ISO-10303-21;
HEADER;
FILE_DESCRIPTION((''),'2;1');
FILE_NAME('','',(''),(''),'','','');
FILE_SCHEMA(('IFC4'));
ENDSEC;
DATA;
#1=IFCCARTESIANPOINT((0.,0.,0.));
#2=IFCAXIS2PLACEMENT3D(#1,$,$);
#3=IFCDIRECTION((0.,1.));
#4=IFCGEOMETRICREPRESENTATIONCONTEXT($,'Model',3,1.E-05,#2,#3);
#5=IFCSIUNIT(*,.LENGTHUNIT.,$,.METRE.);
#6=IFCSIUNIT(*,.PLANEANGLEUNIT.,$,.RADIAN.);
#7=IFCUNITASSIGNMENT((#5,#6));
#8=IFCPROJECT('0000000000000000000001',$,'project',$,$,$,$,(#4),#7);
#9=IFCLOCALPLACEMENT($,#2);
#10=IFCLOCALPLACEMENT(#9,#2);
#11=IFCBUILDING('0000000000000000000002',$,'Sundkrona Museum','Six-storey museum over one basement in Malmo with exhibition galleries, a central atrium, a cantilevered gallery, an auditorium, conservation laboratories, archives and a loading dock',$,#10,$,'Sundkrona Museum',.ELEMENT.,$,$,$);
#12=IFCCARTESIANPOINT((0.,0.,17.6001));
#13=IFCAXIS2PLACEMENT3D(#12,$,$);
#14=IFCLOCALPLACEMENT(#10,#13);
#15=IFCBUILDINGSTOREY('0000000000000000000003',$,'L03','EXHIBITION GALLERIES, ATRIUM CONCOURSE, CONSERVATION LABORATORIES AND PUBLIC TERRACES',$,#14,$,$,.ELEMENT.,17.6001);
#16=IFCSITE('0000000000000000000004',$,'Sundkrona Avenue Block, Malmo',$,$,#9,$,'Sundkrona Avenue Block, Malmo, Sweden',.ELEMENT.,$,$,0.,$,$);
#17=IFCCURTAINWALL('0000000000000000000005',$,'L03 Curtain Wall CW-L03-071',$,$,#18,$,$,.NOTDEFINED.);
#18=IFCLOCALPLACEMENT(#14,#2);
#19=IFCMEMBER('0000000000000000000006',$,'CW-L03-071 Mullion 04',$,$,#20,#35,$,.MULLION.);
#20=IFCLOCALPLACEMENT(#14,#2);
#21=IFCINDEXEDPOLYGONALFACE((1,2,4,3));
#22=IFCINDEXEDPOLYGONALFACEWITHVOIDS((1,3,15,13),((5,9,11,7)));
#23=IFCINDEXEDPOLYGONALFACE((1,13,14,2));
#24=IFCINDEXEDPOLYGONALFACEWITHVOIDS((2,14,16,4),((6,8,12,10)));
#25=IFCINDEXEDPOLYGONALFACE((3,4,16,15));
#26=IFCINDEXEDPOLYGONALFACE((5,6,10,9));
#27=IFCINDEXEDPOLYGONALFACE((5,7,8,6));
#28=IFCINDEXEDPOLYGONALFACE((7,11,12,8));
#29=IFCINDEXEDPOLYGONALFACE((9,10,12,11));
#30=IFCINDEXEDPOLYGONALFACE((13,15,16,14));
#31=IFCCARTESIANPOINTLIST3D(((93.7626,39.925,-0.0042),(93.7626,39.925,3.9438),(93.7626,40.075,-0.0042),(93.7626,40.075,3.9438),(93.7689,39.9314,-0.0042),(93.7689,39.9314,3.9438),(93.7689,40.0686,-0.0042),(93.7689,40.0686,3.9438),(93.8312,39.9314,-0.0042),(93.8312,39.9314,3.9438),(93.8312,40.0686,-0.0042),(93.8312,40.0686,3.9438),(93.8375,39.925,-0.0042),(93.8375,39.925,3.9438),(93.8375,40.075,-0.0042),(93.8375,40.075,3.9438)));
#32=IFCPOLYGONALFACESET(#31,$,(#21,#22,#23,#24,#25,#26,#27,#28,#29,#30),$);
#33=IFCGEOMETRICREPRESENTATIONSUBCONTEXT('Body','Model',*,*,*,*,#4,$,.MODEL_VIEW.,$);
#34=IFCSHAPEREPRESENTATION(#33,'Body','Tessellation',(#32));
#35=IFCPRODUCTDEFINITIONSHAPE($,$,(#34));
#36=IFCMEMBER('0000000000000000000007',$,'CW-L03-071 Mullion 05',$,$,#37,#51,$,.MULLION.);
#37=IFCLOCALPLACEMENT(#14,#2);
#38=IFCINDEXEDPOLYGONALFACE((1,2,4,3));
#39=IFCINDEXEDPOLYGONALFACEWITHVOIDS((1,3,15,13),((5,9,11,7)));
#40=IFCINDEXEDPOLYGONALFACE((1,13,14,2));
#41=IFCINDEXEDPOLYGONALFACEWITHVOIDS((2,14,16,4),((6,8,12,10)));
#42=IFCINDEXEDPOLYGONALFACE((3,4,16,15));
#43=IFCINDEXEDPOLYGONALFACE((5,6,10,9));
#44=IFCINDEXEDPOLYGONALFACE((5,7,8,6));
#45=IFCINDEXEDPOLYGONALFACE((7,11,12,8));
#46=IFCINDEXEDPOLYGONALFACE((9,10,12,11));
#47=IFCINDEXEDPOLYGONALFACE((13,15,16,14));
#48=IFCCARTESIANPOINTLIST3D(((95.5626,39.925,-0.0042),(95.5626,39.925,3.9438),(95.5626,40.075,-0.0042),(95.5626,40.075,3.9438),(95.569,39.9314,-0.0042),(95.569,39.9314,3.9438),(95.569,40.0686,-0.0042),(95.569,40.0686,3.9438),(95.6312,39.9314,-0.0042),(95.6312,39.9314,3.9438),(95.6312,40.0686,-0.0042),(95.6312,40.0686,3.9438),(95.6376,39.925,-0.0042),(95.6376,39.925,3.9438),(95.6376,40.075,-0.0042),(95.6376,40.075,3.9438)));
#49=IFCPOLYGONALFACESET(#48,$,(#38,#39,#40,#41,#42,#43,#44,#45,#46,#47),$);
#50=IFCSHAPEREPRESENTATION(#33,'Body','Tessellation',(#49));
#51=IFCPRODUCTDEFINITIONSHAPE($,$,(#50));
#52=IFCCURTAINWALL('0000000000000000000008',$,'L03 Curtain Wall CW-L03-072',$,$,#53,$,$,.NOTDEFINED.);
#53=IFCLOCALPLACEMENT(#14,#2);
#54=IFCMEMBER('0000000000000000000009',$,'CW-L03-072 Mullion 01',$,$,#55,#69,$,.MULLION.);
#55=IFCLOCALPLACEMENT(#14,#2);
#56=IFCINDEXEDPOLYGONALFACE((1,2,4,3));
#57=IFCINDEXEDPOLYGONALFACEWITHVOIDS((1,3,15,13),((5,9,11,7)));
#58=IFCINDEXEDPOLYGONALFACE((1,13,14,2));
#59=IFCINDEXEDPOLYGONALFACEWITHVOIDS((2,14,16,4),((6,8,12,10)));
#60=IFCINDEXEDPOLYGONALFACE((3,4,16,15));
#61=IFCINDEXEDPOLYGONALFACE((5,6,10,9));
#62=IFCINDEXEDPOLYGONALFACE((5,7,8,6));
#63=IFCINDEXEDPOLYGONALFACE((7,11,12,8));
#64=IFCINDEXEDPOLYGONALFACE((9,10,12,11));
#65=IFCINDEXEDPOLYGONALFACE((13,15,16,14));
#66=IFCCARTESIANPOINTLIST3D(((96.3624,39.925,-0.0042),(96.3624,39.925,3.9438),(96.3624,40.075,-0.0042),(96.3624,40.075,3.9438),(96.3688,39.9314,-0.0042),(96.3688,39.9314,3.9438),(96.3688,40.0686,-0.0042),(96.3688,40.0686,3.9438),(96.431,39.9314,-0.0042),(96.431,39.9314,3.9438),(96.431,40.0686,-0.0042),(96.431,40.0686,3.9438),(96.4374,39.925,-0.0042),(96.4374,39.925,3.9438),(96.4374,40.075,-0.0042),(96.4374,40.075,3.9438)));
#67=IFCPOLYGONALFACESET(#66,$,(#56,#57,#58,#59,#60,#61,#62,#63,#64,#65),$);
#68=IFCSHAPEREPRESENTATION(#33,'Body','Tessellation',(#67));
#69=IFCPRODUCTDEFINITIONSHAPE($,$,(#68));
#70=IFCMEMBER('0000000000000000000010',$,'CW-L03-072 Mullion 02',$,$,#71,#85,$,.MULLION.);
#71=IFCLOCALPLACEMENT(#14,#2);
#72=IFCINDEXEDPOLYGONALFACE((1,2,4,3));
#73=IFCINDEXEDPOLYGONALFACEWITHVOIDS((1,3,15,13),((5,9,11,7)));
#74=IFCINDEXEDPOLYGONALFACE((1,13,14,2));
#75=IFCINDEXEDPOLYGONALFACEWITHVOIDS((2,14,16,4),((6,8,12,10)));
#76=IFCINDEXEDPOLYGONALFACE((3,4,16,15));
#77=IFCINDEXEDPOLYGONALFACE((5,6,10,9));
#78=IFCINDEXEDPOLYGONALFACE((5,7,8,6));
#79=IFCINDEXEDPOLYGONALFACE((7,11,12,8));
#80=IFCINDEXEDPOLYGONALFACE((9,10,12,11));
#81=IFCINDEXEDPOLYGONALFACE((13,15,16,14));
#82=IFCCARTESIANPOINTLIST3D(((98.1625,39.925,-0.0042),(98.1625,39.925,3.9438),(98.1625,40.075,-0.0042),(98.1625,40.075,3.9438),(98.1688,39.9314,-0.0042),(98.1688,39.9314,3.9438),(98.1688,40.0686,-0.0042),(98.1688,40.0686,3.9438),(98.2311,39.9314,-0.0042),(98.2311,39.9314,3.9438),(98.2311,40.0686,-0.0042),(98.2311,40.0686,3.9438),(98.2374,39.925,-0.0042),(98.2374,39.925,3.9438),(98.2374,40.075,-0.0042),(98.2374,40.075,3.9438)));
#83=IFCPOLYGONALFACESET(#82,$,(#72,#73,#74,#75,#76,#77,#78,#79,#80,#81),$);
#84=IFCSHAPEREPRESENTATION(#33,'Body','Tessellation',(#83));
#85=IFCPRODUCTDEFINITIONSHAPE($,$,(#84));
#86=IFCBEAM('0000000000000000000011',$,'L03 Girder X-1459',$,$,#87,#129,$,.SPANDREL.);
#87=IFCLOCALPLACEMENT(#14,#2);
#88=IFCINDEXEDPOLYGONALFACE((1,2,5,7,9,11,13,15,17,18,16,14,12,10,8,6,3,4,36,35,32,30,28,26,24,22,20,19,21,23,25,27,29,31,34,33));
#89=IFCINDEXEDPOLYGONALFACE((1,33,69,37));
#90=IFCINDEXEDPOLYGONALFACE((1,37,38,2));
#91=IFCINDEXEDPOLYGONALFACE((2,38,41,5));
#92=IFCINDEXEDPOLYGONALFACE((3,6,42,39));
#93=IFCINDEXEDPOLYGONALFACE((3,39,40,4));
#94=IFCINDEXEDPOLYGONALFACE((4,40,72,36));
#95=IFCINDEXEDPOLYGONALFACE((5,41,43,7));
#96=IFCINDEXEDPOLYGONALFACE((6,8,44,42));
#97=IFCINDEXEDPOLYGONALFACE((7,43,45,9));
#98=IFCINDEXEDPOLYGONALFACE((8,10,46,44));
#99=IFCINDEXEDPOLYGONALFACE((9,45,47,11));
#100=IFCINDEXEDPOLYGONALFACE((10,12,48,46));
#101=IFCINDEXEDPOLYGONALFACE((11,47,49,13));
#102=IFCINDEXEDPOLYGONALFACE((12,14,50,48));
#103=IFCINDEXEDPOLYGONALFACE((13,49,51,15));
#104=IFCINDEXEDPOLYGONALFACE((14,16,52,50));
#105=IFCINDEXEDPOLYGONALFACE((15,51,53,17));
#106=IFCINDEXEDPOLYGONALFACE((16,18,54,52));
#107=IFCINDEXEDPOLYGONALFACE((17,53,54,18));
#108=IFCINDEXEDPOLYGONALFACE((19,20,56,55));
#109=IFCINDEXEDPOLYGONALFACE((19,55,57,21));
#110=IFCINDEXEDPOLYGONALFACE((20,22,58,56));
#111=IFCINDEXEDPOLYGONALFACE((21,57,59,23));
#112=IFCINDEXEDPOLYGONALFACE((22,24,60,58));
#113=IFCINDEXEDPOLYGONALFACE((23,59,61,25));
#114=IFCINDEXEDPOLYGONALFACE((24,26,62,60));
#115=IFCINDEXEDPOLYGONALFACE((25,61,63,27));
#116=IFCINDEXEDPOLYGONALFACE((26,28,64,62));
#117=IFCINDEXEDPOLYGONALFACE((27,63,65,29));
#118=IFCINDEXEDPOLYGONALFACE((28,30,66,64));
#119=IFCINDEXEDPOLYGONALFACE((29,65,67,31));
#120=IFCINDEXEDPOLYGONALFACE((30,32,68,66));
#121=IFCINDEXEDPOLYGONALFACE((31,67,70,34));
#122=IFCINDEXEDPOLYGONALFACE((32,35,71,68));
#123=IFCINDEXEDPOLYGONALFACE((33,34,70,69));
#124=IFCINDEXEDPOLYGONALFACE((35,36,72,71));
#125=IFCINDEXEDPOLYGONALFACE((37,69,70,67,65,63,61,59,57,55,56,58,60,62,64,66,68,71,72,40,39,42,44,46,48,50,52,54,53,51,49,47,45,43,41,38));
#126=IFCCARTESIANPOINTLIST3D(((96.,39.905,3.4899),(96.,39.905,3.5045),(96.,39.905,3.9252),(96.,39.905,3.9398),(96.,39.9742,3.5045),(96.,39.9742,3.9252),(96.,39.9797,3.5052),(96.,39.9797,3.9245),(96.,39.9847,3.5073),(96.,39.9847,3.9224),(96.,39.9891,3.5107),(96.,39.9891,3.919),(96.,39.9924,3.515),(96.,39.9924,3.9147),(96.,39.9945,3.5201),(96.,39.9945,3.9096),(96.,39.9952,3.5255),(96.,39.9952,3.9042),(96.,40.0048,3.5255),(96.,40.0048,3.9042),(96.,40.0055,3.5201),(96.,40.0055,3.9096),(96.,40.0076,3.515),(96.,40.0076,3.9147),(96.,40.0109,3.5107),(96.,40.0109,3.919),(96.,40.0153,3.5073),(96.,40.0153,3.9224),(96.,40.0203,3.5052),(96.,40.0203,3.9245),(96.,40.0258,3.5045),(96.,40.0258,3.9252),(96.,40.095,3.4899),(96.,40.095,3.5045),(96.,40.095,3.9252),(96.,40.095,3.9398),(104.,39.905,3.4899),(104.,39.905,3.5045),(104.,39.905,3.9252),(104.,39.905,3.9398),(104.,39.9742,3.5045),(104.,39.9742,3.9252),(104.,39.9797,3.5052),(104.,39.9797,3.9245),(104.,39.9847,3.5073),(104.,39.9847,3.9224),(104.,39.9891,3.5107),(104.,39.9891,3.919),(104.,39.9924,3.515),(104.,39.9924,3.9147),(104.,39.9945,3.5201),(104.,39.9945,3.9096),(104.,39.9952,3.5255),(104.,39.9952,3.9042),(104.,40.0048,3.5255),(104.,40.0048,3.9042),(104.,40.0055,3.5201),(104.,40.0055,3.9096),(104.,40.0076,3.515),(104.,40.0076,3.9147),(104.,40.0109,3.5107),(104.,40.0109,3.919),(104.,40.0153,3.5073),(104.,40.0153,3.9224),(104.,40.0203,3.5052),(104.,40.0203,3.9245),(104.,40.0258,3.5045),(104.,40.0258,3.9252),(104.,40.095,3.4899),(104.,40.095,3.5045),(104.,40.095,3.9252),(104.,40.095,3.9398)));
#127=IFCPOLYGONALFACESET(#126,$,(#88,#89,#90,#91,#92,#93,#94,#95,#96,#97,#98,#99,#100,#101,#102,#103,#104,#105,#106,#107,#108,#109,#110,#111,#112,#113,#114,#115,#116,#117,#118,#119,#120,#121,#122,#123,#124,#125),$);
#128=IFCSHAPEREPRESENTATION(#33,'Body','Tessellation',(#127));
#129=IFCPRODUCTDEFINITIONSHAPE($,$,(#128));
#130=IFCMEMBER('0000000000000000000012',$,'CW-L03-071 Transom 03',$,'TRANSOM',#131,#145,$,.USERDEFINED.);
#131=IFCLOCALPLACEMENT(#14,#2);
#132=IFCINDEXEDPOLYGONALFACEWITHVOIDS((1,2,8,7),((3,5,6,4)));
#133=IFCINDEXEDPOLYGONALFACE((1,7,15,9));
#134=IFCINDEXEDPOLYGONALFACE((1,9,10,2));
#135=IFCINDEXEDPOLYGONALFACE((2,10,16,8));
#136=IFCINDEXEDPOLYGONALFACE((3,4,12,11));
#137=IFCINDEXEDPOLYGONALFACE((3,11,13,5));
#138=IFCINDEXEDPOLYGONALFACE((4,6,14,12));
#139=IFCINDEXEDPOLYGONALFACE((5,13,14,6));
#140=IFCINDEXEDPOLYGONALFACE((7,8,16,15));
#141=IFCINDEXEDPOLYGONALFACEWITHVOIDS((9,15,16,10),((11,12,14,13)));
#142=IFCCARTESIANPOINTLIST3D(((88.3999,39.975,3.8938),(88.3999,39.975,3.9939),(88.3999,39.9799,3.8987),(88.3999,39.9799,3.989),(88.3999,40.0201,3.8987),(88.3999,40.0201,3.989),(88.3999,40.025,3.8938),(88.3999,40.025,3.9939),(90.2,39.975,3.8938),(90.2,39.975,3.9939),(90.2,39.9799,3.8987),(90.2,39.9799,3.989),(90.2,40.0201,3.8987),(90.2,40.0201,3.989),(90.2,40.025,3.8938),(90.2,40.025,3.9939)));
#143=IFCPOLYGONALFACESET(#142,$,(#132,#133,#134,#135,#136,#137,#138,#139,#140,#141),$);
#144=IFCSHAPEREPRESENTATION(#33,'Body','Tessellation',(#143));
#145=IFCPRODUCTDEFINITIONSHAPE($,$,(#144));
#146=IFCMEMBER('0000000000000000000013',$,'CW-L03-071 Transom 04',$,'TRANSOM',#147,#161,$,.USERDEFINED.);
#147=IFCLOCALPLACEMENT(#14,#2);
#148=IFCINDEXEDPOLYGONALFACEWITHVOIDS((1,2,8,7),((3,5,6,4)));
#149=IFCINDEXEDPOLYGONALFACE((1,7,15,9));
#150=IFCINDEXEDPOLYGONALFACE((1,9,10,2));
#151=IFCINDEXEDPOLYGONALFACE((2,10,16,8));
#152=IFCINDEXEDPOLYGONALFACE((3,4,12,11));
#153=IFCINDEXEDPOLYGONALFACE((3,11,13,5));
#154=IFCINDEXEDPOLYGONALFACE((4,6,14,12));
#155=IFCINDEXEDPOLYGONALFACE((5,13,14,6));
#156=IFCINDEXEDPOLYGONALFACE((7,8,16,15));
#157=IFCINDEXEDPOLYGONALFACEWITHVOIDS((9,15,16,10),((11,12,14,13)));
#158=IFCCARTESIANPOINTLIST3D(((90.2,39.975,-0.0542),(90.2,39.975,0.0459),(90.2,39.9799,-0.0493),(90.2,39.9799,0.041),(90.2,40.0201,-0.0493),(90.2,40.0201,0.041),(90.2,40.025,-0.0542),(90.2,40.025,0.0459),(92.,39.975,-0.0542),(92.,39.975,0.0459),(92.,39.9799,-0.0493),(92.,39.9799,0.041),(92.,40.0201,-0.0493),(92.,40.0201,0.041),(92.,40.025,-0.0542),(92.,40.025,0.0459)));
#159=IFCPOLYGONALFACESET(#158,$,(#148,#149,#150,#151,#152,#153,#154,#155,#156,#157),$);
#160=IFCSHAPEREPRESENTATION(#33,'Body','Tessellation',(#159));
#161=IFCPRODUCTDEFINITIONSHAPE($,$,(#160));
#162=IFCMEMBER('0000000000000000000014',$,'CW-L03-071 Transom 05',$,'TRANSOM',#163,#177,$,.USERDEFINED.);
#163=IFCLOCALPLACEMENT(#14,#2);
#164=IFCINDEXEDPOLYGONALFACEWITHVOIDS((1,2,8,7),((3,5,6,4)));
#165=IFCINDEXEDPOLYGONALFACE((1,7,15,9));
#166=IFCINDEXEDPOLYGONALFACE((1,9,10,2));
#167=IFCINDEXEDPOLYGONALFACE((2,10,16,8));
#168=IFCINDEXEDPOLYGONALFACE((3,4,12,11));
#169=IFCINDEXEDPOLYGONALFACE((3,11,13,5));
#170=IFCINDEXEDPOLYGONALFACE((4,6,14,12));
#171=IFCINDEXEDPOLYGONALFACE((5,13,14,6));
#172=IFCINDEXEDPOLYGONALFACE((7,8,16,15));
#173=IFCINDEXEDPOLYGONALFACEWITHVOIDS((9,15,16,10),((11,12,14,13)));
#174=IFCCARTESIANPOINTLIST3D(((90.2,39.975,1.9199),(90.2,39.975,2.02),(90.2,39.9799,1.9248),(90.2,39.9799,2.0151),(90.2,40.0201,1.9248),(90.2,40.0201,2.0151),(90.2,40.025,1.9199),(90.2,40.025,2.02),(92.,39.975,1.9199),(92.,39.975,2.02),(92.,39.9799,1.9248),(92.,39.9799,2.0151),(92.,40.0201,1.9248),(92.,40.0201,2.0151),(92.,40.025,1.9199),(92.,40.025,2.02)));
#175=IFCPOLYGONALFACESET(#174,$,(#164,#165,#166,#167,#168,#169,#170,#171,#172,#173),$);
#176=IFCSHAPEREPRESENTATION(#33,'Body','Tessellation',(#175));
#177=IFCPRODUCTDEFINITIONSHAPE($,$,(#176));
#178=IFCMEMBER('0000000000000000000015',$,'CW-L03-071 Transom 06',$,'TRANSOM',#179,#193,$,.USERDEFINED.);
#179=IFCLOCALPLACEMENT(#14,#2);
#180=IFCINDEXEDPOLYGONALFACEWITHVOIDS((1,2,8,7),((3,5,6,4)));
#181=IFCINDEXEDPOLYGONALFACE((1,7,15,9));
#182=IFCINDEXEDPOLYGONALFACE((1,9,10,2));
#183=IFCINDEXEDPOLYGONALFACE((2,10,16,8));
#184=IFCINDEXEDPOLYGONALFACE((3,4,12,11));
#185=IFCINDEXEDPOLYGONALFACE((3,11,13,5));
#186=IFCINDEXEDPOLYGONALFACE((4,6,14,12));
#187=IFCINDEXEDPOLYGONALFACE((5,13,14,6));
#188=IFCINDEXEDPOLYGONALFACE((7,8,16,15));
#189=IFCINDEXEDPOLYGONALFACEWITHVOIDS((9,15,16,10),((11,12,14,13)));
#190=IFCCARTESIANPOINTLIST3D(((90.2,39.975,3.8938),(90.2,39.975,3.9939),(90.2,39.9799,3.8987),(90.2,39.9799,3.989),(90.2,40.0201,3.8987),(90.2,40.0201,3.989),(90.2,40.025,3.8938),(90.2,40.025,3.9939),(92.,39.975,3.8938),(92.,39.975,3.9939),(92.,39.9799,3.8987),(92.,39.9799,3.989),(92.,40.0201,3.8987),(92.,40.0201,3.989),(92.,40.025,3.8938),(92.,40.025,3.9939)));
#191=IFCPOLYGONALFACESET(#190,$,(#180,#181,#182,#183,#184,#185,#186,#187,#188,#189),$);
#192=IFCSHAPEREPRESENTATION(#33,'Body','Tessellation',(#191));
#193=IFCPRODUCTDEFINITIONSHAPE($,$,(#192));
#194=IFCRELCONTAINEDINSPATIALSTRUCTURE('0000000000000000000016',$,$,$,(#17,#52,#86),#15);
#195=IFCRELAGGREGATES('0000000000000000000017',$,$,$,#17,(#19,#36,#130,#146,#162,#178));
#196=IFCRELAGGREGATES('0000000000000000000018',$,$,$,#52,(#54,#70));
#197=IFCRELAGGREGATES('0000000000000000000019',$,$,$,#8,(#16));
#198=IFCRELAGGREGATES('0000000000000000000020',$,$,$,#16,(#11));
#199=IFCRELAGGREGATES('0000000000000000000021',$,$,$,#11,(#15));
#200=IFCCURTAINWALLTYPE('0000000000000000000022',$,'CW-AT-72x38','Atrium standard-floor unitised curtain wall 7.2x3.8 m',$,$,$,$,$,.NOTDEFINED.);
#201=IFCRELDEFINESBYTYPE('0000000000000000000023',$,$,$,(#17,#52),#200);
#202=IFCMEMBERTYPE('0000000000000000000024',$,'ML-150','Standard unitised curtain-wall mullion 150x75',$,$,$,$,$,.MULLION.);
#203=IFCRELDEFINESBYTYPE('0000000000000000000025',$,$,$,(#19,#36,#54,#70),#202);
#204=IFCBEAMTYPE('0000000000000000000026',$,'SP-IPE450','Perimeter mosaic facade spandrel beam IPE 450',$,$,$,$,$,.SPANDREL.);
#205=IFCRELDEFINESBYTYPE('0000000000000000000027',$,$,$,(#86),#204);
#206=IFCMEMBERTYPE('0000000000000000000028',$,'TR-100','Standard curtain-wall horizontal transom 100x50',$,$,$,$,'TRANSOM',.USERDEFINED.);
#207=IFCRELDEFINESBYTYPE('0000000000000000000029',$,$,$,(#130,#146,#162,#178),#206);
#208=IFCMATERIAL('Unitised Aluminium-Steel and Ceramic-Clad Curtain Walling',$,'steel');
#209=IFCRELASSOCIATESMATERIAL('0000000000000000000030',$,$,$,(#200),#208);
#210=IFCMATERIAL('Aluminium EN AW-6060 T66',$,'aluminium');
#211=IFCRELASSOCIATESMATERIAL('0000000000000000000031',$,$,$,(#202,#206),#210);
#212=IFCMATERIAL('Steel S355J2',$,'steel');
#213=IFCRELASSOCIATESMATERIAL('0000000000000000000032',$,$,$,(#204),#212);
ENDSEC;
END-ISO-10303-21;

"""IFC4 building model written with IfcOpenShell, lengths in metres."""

from ifc_helpers import new_model, si_unit, direction, frame, origin, origin_2d, place, context, subcontext, project, spatial, hollow_rectangle, i_section, extrude, material, material_profile, profile_set, type_object, element, aggregate, save


model = new_model("IFC4")

# Units and contexts
model_context = context("Model", 3, precision=1e-05, world=origin(), true_north=direction((0.0, 1.0)))
body_context = subcontext(model_context, "Body", "Model", "MODEL_VIEW")
ifc_project = project(units=[si_unit("LENGTHUNIT", "METRE"), si_unit("PLANEANGLEUNIT", "RADIAN")], contexts=[model_context])

# Site, building, storey
site_placement = place(None, origin())
site = spatial("IfcSite", under=ifc_project, at=site_placement, Name="Sundkrona Avenue Block, Malmo", LongName="Sundkrona Avenue Block, Malmo, Sweden", CompositionType="ELEMENT", RefElevation=0.0)
building_placement = place(site_placement, origin())
building = spatial("IfcBuilding", under=site, at=building_placement, Name="Sundkrona Museum", Description="Six-storey museum over one basement in Malmo with exhibition galleries, a central atrium, a cantilevered gallery, an auditorium, conservation laboratories, archives and a loading dock", LongName="Sundkrona Museum", CompositionType="ELEMENT")
storey_placement = place(building_placement, frame((0.0, 0.0, 17.6001)))
storey = spatial("IfcBuildingStorey", under=building, at=storey_placement, Name="L03", Description="EXHIBITION GALLERIES, ATRIUM CONCOURSE, CONSERVATION LABORATORIES AND PUBLIC TERRACES", CompositionType="ELEMENT", Elevation=17.6001)

# Shared definitions
ifc_material_1 = material(Name="Steel S355J2", Category="steel")

# Curtain walls, members
ifc_material_2 = material(Name="Unitised Aluminium-Steel and Ceramic-Clad Curtain Walling", Category="steel")
curtain_wall_type = type_object("IfcCurtainWallType", Name="CW-AT-72x38", Description="Atrium standard-floor unitised curtain wall 7.2x3.8 m", PredefinedType="NOTDEFINED", material=ifc_material_2)
curtain_wall_1_placement = place(storey_placement, origin())
curtain_wall_1 = element("IfcCurtainWall", 1, at=curtain_wall_1_placement, inside=storey, type_object=curtain_wall_type, Name="L03 Curtain Wall CW-L03-071", PredefinedType="NOTDEFINED")
ifc_material_3 = material(Name="Aluminium EN AW-6060 T66", Category="aluminium")
ifc_material_profile_1 = material_profile(ifc_material_3, hollow_rectangle(XDim=0.075, YDim=0.1499, WallThickness=0.0063, at=origin_2d()), Name="RHS 150x75x6.3")
ifc_profile_set_1 = profile_set([ifc_material_profile_1], Name="Aluminium EN AW-6060 T66")
member_type_1 = type_object("IfcMemberType", Name="ML-150", Description="Standard unitised curtain-wall mullion 150x75", PredefinedType="MULLION", material=ifc_profile_set_1)
member_1_placement = place(storey_placement, frame((93.8, 40.0, -0.0042), z_axis=(0.0, 0.0, 1.0), x_axis=(1.0, 0.0, 0.0)))
member_1 = element("IfcMember", 2, at=member_1_placement, type_object=member_type_1, Name="CW-L03-071 Mullion 04", PredefinedType="MULLION", context=body_context, shape_type="SweptSolid", body=[
    extrude(hollow_rectangle(XDim=0.075, YDim=0.1499, WallThickness=0.0063, at=origin_2d()), origin(), (0.0, 0.0, 1.0), 3.948),
])
member_2_placement = place(storey_placement, frame((95.6001, 40.0, -0.0042), z_axis=(0.0, 0.0, 1.0), x_axis=(1.0, 0.0, 0.0)))
member_2 = element("IfcMember", 3, at=member_2_placement, type_object=member_type_1, Name="CW-L03-071 Mullion 05", PredefinedType="MULLION", context=body_context, shape_type="SweptSolid", body=[
    extrude(hollow_rectangle(XDim=0.075, YDim=0.1499, WallThickness=0.0063, at=origin_2d()), origin(), (0.0, 0.0, 1.0), 3.948),
])
curtain_wall_2_placement = place(storey_placement, origin())
curtain_wall_2 = element("IfcCurtainWall", 4, at=curtain_wall_2_placement, inside=storey, type_object=curtain_wall_type, Name="L03 Curtain Wall CW-L03-072", PredefinedType="NOTDEFINED")
member_3_placement = place(storey_placement, frame((96.3999, 40.0, -0.0042), z_axis=(0.0, 0.0, 1.0), x_axis=(1.0, 0.0, 0.0)))
member_3 = element("IfcMember", 5, at=member_3_placement, type_object=member_type_1, Name="CW-L03-072 Mullion 01", PredefinedType="MULLION", context=body_context, shape_type="SweptSolid", body=[
    extrude(hollow_rectangle(XDim=0.075, YDim=0.1499, WallThickness=0.0063, at=origin_2d()), origin(), (0.0, 0.0, 1.0), 3.948),
])
member_4_placement = place(storey_placement, frame((98.2, 40.0, -0.0042), z_axis=(0.0, 0.0, 1.0), x_axis=(1.0, 0.0, 0.0)))
member_4 = element("IfcMember", 6, at=member_4_placement, type_object=member_type_1, Name="CW-L03-072 Mullion 02", PredefinedType="MULLION", context=body_context, shape_type="SweptSolid", body=[
    extrude(hollow_rectangle(XDim=0.075, YDim=0.1499, WallThickness=0.0063, at=origin_2d()), origin(), (0.0, 0.0, 1.0), 3.948),
])

# Beam
ifc_material_profile_2 = material_profile(ifc_material_1, i_section(OverallWidth=0.1899, OverallDepth=0.45, WebThickness=0.0095, FlangeThickness=0.0146, FilletRadius=0.021, at=origin_2d()), Name="IPE 450")
ifc_profile_set_2 = profile_set([ifc_material_profile_2], Name="Steel S355J2")
beam_type_1 = type_object("IfcBeamType", Name="SP-IPE450", Description="Perimeter mosaic facade spandrel beam IPE 450", PredefinedType="SPANDREL", material=ifc_profile_set_2)
beam_1_placement = place(storey_placement, frame((96.0, 40.0, 3.7148), z_axis=(1.0, 0.0, 0.0), x_axis=(0.0, 1.0, 0.0)))
element("IfcBeam", 7, at=beam_1_placement, inside=storey, type_object=beam_type_1, Name="L03 Girder X-1459", PredefinedType="SPANDREL", context=body_context, shape_type="SweptSolid", body=[
    extrude(i_section(OverallWidth=0.1899, OverallDepth=0.45, WebThickness=0.0095, FlangeThickness=0.0146, FilletRadius=0.021, at=origin_2d()), origin(), (0.0, 0.0, 1.0), 8.0),
])

# Members
ifc_material_profile_3 = material_profile(ifc_material_3, hollow_rectangle(XDim=0.05, YDim=0.1001, WallThickness=0.0049, at=origin_2d()), Name="RHS 100x50x5.0")
ifc_profile_set_3 = profile_set([ifc_material_profile_3], Name="Aluminium EN AW-6060 T66")
member_type_2 = type_object("IfcMemberType", Name="TR-100", Description="Standard curtain-wall horizontal transom 100x50", ElementType="TRANSOM", PredefinedType="USERDEFINED", material=ifc_profile_set_3)
member_5_placement = place(storey_placement, frame((88.3999, 40.0, 3.9438), z_axis=(1.0, 0.0, 0.0), x_axis=(0.0, 1.0, 0.0)))
member_5 = element("IfcMember", 8, at=member_5_placement, type_object=member_type_2, Name="CW-L03-071 Transom 03", ObjectType="TRANSOM", PredefinedType="USERDEFINED", context=body_context, shape_type="SweptSolid", body=[
    extrude(hollow_rectangle(XDim=0.05, YDim=0.1001, WallThickness=0.0049, at=origin_2d()), origin(), (0.0, 0.0, 1.0), 1.8),
])
member_6_placement = place(storey_placement, frame((90.2, 40.0, -0.0042), z_axis=(1.0, 0.0, 0.0), x_axis=(0.0, 1.0, 0.0)))
member_6 = element("IfcMember", 9, at=member_6_placement, type_object=member_type_2, Name="CW-L03-071 Transom 04", ObjectType="TRANSOM", PredefinedType="USERDEFINED", context=body_context, shape_type="SweptSolid", body=[
    extrude(hollow_rectangle(XDim=0.05, YDim=0.1001, WallThickness=0.0049, at=origin_2d()), origin(), (0.0, 0.0, 1.0), 1.8),
])
member_7_placement = place(storey_placement, frame((90.2, 40.0, 1.97), z_axis=(1.0, 0.0, 0.0), x_axis=(0.0, 1.0, 0.0)))
member_7 = element("IfcMember", 10, at=member_7_placement, type_object=member_type_2, Name="CW-L03-071 Transom 05", ObjectType="TRANSOM", PredefinedType="USERDEFINED", context=body_context, shape_type="SweptSolid", body=[
    extrude(hollow_rectangle(XDim=0.05, YDim=0.1001, WallThickness=0.0049, at=origin_2d()), origin(), (0.0, 0.0, 1.0), 1.8),
])
member_8_placement = place(storey_placement, frame((90.2, 40.0, 3.9438), z_axis=(1.0, 0.0, 0.0), x_axis=(0.0, 1.0, 0.0)))
member_8 = element("IfcMember", 11, at=member_8_placement, type_object=member_type_2, Name="CW-L03-071 Transom 06", ObjectType="TRANSOM", PredefinedType="USERDEFINED", context=body_context, shape_type="SweptSolid", body=[
    extrude(hollow_rectangle(XDim=0.05, YDim=0.1001, WallThickness=0.0049, at=origin_2d()), origin(), (0.0, 0.0, 1.0), 1.8),
])

aggregate(curtain_wall_1, [member_1, member_2, member_5, member_6, member_7, member_8])
aggregate(curtain_wall_2, [member_3, member_4])

save(model, "model.ifc")
